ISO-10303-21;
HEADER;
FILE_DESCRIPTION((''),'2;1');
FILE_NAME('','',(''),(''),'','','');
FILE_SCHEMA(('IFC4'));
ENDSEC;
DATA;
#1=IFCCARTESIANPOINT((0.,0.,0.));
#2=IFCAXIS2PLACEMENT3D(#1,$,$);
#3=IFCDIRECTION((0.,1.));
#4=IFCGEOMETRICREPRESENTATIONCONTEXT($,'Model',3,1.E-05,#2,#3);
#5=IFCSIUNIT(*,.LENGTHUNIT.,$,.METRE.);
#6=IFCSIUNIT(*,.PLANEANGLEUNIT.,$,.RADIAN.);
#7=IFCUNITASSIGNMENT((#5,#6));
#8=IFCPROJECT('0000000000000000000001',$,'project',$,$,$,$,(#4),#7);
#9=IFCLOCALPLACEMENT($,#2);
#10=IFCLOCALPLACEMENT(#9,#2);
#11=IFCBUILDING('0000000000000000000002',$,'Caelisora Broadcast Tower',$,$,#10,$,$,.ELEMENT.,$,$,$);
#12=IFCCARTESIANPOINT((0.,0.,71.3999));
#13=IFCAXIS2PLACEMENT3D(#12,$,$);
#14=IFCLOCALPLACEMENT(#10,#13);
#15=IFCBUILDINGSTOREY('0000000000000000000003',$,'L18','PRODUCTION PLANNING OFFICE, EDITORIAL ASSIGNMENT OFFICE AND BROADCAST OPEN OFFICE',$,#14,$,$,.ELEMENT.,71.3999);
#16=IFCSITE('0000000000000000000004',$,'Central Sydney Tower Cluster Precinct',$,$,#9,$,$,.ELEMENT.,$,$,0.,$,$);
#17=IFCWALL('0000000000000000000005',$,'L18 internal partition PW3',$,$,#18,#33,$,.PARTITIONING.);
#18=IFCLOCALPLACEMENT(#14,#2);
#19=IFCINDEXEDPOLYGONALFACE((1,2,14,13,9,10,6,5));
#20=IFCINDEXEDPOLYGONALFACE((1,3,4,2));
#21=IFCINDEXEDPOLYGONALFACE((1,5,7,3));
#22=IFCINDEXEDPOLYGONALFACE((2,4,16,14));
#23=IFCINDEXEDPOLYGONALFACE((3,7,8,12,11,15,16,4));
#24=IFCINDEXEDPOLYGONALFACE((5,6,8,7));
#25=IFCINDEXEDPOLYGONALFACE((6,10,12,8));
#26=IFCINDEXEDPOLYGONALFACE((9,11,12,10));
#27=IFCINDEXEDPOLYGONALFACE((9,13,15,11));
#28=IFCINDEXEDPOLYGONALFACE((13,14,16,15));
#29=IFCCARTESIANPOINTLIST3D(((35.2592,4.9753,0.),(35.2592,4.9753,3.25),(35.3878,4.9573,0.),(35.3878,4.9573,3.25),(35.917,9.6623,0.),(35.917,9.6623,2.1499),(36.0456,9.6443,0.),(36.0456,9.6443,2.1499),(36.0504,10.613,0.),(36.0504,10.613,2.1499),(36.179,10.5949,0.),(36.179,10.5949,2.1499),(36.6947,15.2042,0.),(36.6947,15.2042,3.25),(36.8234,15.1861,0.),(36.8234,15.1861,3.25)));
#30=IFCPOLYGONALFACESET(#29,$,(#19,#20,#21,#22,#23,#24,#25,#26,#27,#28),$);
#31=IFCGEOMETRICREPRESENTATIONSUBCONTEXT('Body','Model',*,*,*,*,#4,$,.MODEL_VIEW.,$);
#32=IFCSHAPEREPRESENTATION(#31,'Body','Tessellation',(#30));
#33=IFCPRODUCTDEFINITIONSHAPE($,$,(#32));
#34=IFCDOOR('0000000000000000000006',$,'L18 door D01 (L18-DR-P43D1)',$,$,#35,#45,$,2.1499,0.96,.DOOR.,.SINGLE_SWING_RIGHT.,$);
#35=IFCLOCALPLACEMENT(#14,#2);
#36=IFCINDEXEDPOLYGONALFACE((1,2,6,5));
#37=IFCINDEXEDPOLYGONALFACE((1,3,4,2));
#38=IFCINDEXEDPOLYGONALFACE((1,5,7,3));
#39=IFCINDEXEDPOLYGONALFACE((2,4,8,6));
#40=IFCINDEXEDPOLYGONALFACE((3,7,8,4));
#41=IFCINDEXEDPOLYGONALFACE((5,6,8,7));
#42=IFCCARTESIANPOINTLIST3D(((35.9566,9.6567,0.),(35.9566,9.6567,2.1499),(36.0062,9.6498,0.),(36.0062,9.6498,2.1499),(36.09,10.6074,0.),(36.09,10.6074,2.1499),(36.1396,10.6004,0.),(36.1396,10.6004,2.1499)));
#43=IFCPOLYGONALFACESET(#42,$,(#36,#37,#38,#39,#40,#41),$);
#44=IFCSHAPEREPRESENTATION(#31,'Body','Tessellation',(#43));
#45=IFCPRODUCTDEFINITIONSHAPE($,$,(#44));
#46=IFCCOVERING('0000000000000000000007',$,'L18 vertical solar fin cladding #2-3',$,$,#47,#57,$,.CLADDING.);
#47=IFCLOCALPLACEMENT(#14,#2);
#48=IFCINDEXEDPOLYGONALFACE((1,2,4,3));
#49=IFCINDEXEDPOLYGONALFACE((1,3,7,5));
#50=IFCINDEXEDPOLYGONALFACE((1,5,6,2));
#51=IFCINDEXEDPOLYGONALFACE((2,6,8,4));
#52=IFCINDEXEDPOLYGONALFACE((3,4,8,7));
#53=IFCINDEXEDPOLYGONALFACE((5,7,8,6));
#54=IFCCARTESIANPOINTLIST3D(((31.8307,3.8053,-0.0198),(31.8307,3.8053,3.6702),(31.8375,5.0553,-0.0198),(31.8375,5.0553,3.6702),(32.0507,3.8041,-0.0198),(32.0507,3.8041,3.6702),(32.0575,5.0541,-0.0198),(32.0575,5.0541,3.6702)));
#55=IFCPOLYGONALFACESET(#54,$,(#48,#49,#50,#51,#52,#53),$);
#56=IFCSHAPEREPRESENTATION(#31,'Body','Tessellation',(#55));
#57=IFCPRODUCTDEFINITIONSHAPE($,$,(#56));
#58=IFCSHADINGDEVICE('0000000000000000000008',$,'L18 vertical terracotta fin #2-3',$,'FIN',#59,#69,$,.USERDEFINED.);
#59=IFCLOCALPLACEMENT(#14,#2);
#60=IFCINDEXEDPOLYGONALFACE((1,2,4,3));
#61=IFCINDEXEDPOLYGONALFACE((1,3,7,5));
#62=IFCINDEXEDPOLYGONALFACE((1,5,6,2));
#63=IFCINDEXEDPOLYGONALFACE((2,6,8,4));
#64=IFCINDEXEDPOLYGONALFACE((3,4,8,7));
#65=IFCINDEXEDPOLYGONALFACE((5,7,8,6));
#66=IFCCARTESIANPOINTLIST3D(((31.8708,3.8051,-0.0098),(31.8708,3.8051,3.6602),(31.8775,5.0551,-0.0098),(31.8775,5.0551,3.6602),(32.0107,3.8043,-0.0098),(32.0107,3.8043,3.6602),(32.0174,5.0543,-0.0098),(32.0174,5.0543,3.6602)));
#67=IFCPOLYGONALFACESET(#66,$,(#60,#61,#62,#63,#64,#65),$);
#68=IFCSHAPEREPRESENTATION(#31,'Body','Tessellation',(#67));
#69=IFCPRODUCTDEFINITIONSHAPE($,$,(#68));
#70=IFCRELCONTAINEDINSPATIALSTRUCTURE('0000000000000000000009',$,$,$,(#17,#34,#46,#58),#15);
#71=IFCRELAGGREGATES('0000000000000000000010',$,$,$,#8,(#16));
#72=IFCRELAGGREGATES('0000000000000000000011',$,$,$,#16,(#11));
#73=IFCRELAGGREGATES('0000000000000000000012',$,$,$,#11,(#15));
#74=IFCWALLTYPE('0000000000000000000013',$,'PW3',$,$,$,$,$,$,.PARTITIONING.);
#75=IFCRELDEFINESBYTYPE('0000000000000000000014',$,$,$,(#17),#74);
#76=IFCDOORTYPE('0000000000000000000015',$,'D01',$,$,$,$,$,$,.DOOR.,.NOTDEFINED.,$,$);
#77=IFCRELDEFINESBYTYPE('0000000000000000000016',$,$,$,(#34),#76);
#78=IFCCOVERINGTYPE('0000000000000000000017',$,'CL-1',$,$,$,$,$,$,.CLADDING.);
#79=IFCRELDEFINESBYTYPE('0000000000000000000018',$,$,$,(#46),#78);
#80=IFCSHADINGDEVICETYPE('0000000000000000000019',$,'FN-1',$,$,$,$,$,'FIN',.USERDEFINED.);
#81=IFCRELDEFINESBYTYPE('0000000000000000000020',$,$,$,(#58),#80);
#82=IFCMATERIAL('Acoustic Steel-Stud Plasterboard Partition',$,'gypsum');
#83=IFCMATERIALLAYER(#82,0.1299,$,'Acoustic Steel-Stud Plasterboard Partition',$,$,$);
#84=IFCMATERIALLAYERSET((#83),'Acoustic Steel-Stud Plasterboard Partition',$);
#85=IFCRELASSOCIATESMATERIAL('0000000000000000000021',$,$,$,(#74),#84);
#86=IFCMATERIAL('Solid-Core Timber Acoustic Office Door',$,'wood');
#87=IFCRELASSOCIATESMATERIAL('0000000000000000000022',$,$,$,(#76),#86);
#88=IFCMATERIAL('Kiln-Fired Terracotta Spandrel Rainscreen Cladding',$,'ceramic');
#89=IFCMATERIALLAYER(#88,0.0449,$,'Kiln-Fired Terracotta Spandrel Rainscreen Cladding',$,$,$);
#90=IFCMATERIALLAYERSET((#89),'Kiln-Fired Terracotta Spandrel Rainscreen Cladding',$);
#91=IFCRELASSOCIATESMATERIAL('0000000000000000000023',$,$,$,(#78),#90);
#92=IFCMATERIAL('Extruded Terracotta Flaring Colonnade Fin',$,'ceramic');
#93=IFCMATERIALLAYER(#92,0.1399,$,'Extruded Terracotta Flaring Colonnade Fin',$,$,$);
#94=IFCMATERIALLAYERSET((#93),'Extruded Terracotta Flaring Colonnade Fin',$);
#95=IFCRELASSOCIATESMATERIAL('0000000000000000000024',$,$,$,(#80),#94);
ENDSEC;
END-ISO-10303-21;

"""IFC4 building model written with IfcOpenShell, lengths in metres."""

from ifc_helpers import new_model, si_unit, direction, frame, frame_2d, origin, origin_2d, place, context, subcontext, project, spatial, rectangle, extrude, source, transform, mapped, material, layer, layer_set, type_object, type_shapes, element, fill, save


model = new_model("IFC4")

# Units and contexts
model_context = context("Model", 3, precision=1e-05, world=origin(), true_north=direction((0.0, 1.0)))
body_context = subcontext(model_context, "Body", "Model", "MODEL_VIEW")
ifc_project = project(units=[si_unit("LENGTHUNIT", "METRE"), si_unit("PLANEANGLEUNIT", "RADIAN")], contexts=[model_context])

# Site, building, storey
site_placement = place(None, origin())
site = spatial("IfcSite", under=ifc_project, at=site_placement, Name="Central Sydney Tower Cluster Precinct", CompositionType="ELEMENT", RefElevation=0.0)
building_placement = place(site_placement, origin())
building = spatial("IfcBuilding", under=site, at=building_placement, Name="Caelisora Broadcast Tower", CompositionType="ELEMENT")
storey_placement = place(building_placement, frame((0.0, 0.0, 71.3999)))
storey = spatial("IfcBuildingStorey", under=building, at=storey_placement, Name="L18", Description="PRODUCTION PLANNING OFFICE, EDITORIAL ASSIGNMENT OFFICE AND BROADCAST OPEN OFFICE", CompositionType="ELEMENT", Elevation=71.3999)

# Shared definitions
ifc_material_1 = material(Name="Acoustic Steel-Stud Plasterboard Partition", Category="gypsum")
ifc_layer_1 = layer(ifc_material_1, 0.1299, Name="Acoustic Steel-Stud Plasterboard Partition")
ifc_layer_set_1 = layer_set([ifc_layer_1], Name="Acoustic Steel-Stud Plasterboard Partition")
wall_type = type_object("IfcWallType", Name="PW3", PredefinedType="PARTITIONING", material=ifc_layer_set_1)

# Wall, opening, door
wall_1_placement = place(storey_placement, frame((35.3235, 4.9663, 0.0), z_axis=(0.0, 0.0, 1.0), x_axis=(0.138982, 0.990295, 0.0)))
wall_1 = element("IfcWall", 1, at=wall_1_placement, inside=storey, type_object=wall_type, Name="L18 internal partition PW3", PredefinedType="PARTITIONING", context=body_context, shape_type="SweptSolid", body=[
    extrude(rectangle(XDim=10.3291, YDim=0.1299, at=frame_2d((5.1646, 0.0))), origin(), (0.0, 0.0, 1.0), 3.25),
])
opening_1_placement = place(wall_1_placement, frame((4.7329, 0.0, 0.0)))
opening_1 = element("IfcOpeningElement", 2, at=opening_1_placement, cuts=wall_1, PredefinedType="OPENING", context=body_context, shape_type="SweptSolid", body=[
    extrude(rectangle(XDim=0.96, YDim=2.1499, at=frame_2d((0.48, 1.075))), frame((0.0, 0.0769, 0.0), z_axis=(0.0, -1.0, 0.0), x_axis=(1.0, 0.0, 0.0)), (0.0, 0.0, 1.0), 0.1538),
])
ifc_material_2 = material(Name="Solid-Core Timber Acoustic Office Door", Category="wood")
door_type = type_object("IfcDoorType", Name="D01", OperationType="NOTDEFINED", PredefinedType="DOOR", material=ifc_material_2)
door_1_placement = place(opening_1_placement, origin())
door_1 = element("IfcDoor", 3, at=door_1_placement, inside=storey, type_object=door_type, Name="L18 door D01 (L18-DR-P43D1)", OperationType="SINGLE_SWING_RIGHT", OverallHeight=2.1499, OverallWidth=0.96, PredefinedType="DOOR", context=body_context, shape_type="SweptSolid", body=[
    extrude(rectangle(XDim=0.96, YDim=2.1499, at=frame_2d((0.48, 1.075))), frame((0.0, 0.0249, 0.0), z_axis=(0.0, -1.0, 0.0), x_axis=(1.0, 0.0, 0.0)), (0.0, 0.0, 1.0), 0.05),
])
fill(opening_1, door_1)

# Covering
ifc_material_3 = material(Name="Kiln-Fired Terracotta Spandrel Rainscreen Cladding", Category="ceramic")
ifc_layer_2 = layer(ifc_material_3, 0.0449, Name="Kiln-Fired Terracotta Spandrel Rainscreen Cladding")
ifc_layer_set_2 = layer_set([ifc_layer_2], Name="Kiln-Fired Terracotta Spandrel Rainscreen Cladding")
covering_type = type_object("IfcCoveringType", Name="CL-1", PredefinedType="CLADDING", material=ifc_layer_set_2)
shared_shape_1 = source(origin(), body_context, "Body", "SweptSolid", [
    extrude(rectangle(XDim=0.22, YDim=1.25, at=origin_2d()), origin(), (0.0, 0.0, 1.0), 3.6899),
])
type_shapes(covering_type, [shared_shape_1])
covering_placement = place(storey_placement, frame((31.9441, 4.4297, -0.0198), z_axis=(0.0, 0.0, 1.0), x_axis=(-0.999985, 0.00541, 0.0)))
element("IfcCovering", 4, at=covering_placement, inside=storey, type_object=covering_type, Name="L18 vertical solar fin cladding #2-3", PredefinedType="CLADDING", context=body_context, shape_type="MappedRepresentation", body=[
    mapped(shared_shape_1, transform((0.0, 0.0, 0.0), scale=1.0)),
])

# Shading device
ifc_material_4 = material(Name="Extruded Terracotta Flaring Colonnade Fin", Category="ceramic")
ifc_layer_3 = layer(ifc_material_4, 0.1399, Name="Extruded Terracotta Flaring Colonnade Fin")
ifc_layer_set_3 = layer_set([ifc_layer_3], Name="Extruded Terracotta Flaring Colonnade Fin")
shading_device_type = type_object("IfcShadingDeviceType", Name="FN-1", ElementType="FIN", PredefinedType="USERDEFINED", material=ifc_layer_set_3)
shared_shape_2 = source(origin(), body_context, "Body", "SweptSolid", [
    extrude(rectangle(XDim=0.1399, YDim=1.25, at=origin_2d()), origin(), (0.0, 0.0, 1.0), 3.6699),
])
type_shapes(shading_device_type, [shared_shape_2])
shading_device_placement = place(storey_placement, frame((31.9441, 4.4297, -0.0098), z_axis=(0.0, 0.0, 1.0), x_axis=(-0.999985, 0.00541, 0.0)))
element("IfcShadingDevice", 5, at=shading_device_placement, inside=storey, type_object=shading_device_type, Name="L18 vertical terracotta fin #2-3", ObjectType="FIN", PredefinedType="USERDEFINED", context=body_context, shape_type="MappedRepresentation", body=[
    mapped(shared_shape_2, transform((0.0, 0.0, 0.0), scale=1.0)),
])

save(model, "model.ifc")
